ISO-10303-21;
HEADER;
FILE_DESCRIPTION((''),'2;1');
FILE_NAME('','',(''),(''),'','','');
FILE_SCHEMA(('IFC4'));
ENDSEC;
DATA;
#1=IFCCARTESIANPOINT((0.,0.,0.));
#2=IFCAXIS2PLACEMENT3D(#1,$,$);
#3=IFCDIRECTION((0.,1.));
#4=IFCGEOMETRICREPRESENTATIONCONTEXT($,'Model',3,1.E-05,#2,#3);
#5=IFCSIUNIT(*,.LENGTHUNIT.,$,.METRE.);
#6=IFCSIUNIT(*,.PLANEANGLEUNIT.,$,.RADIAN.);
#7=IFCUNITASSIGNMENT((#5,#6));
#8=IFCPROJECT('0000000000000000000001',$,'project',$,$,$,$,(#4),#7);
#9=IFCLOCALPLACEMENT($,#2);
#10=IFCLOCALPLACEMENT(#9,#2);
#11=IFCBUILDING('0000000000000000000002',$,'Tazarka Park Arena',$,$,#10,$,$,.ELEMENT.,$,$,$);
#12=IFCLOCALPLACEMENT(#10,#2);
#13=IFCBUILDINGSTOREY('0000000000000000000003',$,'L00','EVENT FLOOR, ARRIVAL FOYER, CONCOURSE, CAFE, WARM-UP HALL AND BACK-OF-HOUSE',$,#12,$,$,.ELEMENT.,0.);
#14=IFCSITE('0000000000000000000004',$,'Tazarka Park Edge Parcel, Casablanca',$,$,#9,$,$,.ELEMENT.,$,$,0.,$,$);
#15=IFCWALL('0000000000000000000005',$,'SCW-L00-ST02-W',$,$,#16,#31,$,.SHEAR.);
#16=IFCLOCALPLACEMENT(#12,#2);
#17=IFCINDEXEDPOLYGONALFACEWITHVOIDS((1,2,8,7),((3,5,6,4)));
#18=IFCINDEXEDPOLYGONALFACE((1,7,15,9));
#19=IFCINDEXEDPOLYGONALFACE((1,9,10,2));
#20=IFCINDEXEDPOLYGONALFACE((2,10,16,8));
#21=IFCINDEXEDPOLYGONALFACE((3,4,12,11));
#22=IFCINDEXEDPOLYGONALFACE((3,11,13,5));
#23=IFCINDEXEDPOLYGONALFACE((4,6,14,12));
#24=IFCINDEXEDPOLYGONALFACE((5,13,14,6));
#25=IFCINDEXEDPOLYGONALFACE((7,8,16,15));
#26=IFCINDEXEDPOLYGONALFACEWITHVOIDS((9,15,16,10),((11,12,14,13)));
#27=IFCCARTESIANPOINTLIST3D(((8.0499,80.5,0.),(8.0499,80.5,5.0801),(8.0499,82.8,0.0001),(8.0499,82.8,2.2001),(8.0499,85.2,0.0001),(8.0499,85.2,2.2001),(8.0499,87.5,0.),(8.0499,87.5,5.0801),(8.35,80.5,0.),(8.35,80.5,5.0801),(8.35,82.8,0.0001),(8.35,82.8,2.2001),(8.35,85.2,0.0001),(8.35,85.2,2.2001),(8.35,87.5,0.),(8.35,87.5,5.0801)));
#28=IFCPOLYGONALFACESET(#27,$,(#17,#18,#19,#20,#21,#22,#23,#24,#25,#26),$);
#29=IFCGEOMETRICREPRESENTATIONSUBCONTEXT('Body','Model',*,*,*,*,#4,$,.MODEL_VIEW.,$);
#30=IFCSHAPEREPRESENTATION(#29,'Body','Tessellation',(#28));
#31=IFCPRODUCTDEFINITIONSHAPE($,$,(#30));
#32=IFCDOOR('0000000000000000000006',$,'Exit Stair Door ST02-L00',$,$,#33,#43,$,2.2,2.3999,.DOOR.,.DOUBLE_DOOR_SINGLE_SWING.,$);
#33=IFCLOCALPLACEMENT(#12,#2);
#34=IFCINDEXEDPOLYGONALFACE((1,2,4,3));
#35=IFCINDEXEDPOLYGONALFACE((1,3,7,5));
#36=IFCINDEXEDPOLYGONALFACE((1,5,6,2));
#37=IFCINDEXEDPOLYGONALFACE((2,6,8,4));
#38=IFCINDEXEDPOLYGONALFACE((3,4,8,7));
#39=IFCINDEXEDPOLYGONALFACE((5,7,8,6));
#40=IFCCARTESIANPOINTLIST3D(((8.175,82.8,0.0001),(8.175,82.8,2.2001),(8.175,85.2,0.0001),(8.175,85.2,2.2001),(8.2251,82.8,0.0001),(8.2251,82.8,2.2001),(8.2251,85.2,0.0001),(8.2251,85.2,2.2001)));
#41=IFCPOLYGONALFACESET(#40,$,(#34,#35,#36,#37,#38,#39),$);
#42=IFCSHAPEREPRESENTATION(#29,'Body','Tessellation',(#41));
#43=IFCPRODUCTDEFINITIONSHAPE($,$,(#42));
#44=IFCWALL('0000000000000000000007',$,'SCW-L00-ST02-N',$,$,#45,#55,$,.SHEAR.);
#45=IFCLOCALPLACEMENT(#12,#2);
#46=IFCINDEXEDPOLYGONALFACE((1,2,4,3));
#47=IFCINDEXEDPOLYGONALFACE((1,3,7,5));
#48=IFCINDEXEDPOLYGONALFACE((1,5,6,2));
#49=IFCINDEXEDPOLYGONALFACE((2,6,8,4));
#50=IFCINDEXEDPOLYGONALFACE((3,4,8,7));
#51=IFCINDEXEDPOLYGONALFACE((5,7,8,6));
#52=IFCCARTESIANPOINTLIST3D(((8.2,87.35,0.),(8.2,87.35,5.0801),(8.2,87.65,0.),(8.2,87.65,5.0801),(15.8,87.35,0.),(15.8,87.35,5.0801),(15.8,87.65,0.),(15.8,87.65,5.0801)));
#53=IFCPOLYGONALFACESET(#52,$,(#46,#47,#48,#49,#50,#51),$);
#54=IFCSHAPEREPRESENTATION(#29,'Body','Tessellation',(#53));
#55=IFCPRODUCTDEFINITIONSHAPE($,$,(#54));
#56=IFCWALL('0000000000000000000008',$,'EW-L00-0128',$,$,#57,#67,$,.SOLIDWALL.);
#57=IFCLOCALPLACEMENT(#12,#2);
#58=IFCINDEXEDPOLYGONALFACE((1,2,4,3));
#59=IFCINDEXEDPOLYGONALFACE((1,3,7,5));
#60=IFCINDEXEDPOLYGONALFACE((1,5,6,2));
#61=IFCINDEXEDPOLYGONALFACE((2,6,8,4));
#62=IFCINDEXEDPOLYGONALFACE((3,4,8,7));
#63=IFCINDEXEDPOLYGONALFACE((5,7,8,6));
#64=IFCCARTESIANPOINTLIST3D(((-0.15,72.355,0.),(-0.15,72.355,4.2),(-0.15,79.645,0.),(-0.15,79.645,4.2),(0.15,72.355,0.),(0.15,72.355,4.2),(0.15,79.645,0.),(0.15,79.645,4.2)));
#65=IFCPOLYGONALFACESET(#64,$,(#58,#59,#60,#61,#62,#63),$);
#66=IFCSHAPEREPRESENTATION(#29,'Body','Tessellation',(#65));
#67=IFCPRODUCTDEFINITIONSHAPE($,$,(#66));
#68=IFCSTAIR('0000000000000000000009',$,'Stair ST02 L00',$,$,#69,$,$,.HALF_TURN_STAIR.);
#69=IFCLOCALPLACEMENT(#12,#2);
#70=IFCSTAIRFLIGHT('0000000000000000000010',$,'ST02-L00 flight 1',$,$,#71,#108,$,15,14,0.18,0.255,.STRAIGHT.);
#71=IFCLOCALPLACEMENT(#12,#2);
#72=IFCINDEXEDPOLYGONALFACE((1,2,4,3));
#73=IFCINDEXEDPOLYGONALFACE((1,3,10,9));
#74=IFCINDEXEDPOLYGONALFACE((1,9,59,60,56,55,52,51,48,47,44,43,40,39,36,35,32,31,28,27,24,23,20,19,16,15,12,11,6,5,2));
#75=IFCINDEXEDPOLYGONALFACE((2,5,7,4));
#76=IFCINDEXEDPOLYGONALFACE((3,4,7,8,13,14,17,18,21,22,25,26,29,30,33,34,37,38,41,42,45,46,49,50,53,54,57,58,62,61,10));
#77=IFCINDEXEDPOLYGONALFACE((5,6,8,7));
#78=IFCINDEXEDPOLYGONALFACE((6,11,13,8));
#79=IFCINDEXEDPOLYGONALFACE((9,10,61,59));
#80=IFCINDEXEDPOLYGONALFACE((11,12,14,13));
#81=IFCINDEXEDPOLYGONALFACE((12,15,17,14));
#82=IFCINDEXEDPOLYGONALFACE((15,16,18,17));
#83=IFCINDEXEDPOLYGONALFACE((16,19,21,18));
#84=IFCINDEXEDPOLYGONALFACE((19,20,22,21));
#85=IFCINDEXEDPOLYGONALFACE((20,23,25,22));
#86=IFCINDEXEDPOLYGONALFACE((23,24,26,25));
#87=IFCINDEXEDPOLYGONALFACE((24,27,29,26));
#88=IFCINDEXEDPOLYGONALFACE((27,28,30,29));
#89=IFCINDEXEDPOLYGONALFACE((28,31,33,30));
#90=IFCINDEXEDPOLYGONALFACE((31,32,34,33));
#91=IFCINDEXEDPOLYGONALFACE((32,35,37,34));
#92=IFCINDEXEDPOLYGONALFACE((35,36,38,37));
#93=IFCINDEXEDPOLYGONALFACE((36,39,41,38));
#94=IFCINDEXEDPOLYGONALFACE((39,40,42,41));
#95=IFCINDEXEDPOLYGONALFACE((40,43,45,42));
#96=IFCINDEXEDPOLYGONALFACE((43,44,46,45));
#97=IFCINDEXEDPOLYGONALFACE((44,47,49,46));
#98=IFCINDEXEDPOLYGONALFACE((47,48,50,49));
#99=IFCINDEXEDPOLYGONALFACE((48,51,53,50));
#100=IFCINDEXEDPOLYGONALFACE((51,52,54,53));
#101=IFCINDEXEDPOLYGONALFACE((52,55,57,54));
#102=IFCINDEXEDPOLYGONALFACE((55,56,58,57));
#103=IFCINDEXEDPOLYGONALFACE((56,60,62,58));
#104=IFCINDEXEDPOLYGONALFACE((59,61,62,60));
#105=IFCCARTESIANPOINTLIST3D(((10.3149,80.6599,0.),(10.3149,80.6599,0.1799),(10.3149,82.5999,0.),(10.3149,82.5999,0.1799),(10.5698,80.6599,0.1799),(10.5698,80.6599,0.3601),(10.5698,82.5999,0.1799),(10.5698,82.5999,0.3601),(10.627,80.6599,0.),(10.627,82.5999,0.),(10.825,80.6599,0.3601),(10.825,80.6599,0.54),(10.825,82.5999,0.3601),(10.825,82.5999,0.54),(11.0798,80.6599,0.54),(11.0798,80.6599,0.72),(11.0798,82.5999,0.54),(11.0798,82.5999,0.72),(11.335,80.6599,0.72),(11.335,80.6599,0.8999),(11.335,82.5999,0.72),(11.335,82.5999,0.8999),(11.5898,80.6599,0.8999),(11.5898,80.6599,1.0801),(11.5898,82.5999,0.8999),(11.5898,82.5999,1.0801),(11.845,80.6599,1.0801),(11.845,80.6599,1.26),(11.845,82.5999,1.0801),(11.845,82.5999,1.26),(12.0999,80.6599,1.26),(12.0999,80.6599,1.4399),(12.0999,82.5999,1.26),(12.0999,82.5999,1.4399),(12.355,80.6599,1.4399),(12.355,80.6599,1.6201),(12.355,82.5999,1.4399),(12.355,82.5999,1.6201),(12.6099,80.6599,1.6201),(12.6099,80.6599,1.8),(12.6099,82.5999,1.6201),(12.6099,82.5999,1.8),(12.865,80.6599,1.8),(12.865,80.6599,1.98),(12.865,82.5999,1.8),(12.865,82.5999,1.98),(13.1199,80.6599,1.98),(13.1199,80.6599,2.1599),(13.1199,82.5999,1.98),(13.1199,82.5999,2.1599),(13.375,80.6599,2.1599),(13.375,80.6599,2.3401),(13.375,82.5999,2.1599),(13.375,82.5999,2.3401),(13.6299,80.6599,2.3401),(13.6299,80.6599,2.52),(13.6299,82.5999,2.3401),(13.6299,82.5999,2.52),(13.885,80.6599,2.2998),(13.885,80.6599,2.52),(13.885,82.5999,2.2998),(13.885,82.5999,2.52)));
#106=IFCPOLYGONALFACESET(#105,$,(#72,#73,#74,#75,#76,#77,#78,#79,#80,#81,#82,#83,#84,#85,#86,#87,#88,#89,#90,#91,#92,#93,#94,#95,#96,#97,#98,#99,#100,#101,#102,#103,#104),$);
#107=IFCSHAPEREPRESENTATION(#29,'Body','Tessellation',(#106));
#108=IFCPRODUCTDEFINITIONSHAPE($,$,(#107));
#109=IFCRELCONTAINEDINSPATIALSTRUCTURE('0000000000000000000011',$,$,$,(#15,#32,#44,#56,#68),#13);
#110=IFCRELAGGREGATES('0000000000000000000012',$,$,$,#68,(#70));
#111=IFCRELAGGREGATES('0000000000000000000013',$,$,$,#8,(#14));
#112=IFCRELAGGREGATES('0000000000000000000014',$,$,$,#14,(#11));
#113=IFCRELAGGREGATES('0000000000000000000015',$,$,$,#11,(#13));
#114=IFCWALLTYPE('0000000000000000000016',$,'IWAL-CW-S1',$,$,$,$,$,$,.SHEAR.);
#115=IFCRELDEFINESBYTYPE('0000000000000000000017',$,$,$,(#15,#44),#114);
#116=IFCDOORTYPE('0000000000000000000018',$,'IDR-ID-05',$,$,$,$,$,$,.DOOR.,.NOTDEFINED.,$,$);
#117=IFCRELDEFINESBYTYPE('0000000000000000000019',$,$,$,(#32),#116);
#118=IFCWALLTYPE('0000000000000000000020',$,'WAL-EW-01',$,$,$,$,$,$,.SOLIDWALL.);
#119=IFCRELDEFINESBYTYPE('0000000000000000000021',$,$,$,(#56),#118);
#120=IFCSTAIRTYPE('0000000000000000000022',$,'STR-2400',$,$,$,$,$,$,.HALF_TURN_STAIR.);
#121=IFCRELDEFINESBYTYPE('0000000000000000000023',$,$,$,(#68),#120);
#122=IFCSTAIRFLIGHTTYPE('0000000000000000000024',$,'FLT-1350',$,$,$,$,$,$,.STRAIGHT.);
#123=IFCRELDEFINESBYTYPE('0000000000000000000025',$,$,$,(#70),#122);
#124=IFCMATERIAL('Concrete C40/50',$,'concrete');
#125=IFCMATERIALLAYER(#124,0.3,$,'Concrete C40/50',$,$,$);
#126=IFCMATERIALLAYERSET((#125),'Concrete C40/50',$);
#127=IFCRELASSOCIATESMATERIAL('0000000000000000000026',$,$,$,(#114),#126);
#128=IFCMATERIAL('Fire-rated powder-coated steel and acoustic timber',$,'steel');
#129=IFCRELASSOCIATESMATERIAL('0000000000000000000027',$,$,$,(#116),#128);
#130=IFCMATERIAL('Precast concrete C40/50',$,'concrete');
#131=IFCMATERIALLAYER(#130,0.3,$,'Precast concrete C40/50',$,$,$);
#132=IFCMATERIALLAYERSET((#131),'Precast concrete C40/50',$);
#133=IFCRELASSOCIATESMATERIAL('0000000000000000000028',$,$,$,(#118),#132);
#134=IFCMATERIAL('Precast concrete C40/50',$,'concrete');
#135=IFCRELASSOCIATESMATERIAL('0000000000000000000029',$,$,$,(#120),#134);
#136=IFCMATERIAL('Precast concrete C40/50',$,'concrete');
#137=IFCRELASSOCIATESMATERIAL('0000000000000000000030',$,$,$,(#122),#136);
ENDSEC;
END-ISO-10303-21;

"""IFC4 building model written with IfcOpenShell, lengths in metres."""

from ifc_helpers import new_model, si_unit, direction, frame, frame_2d, origin, place, context, subcontext, project, spatial, polyline, rectangle, outline, extrude, material, layer, layer_set, type_object, element, fill, aggregate, save


model = new_model("IFC4")

# Units and contexts
model_context = context("Model", 3, precision=1e-05, world=origin(), true_north=direction((0.0, 1.0)))
body_context = subcontext(model_context, "Body", "Model", "MODEL_VIEW")
ifc_project = project(units=[si_unit("LENGTHUNIT", "METRE"), si_unit("PLANEANGLEUNIT", "RADIAN")], contexts=[model_context])

# Site, building, storey
site_placement = place(None, origin())
site = spatial("IfcSite", under=ifc_project, at=site_placement, Name="Tazarka Park Edge Parcel, Casablanca", CompositionType="ELEMENT", RefElevation=0.0)
building_placement = place(site_placement, origin())
building = spatial("IfcBuilding", under=site, at=building_placement, Name="Tazarka Park Arena", CompositionType="ELEMENT")
storey_placement = place(building_placement, origin())
storey = spatial("IfcBuildingStorey", under=building, at=storey_placement, Name="L00", Description="EVENT FLOOR, ARRIVAL FOYER, CONCOURSE, CAFE, WARM-UP HALL AND BACK-OF-HOUSE", CompositionType="ELEMENT", Elevation=0.0)

# Wall, opening, door
ifc_material_1 = material(Name="Concrete C40/50", Category="concrete")
ifc_layer_1 = layer(ifc_material_1, 0.3, Name="Concrete C40/50")
ifc_layer_set_1 = layer_set([ifc_layer_1], Name="Concrete C40/50")
wall_type_1 = type_object("IfcWallType", Name="IWAL-CW-S1", PredefinedType="SHEAR", material=ifc_layer_set_1)
wall_1_placement = place(storey_placement, frame((8.2, 80.5, 0.0), z_axis=(0.0, 0.0, 1.0), x_axis=(0.0, 1.0, 0.0)))
wall_1 = element("IfcWall", 1, at=wall_1_placement, inside=storey, type_object=wall_type_1, Name="SCW-L00-ST02-W", PredefinedType="SHEAR", context=body_context, shape_type="SweptSolid", body=[
    extrude(rectangle(XDim=7.0, YDim=0.3, at=frame_2d((3.5, 0.0))), origin(), (0.0, 0.0, 1.0), 5.0801),
])
opening_1_placement = place(wall_1_placement, frame((2.3, 0.0, 0.0)))
opening_1 = element("IfcOpeningElement", 2, at=opening_1_placement, cuts=wall_1, PredefinedType="OPENING", context=body_context, shape_type="SweptSolid", body=[
    extrude(rectangle(XDim=2.3999, YDim=2.2, at=frame_2d((1.2, 1.1001))), frame((0.0, 0.1602, 0.0), z_axis=(0.0, -1.0, 0.0), x_axis=(1.0, 0.0, 0.0)), (0.0, 0.0, 1.0), 0.3201),
])
ifc_material_2 = material(Name="Fire-rated powder-coated steel and acoustic timber", Category="steel")
door_type_1 = type_object("IfcDoorType", Name="IDR-ID-05", OperationType="NOTDEFINED", PredefinedType="DOOR", material=ifc_material_2)
door_1_placement = place(opening_1_placement, origin())
door_1 = element("IfcDoor", 3, at=door_1_placement, inside=storey, type_object=door_type_1, Name="Exit Stair Door ST02-L00", OperationType="DOUBLE_DOOR_SINGLE_SWING", OverallHeight=2.2, OverallWidth=2.3999, PredefinedType="DOOR", context=body_context, shape_type="SweptSolid", body=[
    extrude(rectangle(XDim=2.3999, YDim=2.2, at=frame_2d((1.2, 1.1001))), frame((0.0, 0.0249, 0.0), z_axis=(0.0, -1.0, 0.0), x_axis=(1.0, 0.0, 0.0)), (0.0, 0.0, 1.0), 0.05),
])
fill(opening_1, door_1)

# Walls
wall_2_placement = place(storey_placement, frame((8.2, 87.5, 0.0), z_axis=(0.0, 0.0, 1.0), x_axis=(1.0, 0.0, 0.0)))
element("IfcWall", 4, at=wall_2_placement, inside=storey, type_object=wall_type_1, Name="SCW-L00-ST02-N", PredefinedType="SHEAR", context=body_context, shape_type="SweptSolid", body=[
    extrude(rectangle(XDim=7.6001, YDim=0.3, at=frame_2d((3.8, 0.0))), origin(), (0.0, 0.0, 1.0), 5.0801),
])
ifc_material_3 = material(Name="Precast concrete C40/50", Category="concrete")
ifc_layer_2 = layer(ifc_material_3, 0.3, Name="Precast concrete C40/50")
ifc_layer_set_2 = layer_set([ifc_layer_2], Name="Precast concrete C40/50")
wall_type_2 = type_object("IfcWallType", Name="WAL-EW-01", PredefinedType="SOLIDWALL", material=ifc_layer_set_2)
wall_3_placement = place(storey_placement, frame((0.0, 72.355, 0.0), z_axis=(0.0, 0.0, 1.0), x_axis=(0.0, 1.0, 0.0)))
element("IfcWall", 5, at=wall_3_placement, inside=storey, type_object=wall_type_2, Name="EW-L00-0128", PredefinedType="SOLIDWALL", context=body_context, shape_type="SweptSolid", body=[
    extrude(rectangle(XDim=7.29, YDim=0.3, at=frame_2d((3.645, 0.0))), origin(), (0.0, 0.0, 1.0), 4.2),
])

# Stair, stair flight
ifc_material_4 = material(Name="Precast concrete C40/50", Category="concrete")
stair_type = type_object("IfcStairType", Name="STR-2400", PredefinedType="HALF_TURN_STAIR", material=ifc_material_4)
stair_placement = place(storey_placement, origin())
stair = element("IfcStair", 6, at=stair_placement, inside=storey, type_object=stair_type, Name="Stair ST02 L00", PredefinedType="HALF_TURN_STAIR")
ifc_material_5 = material(Name="Precast concrete C40/50", Category="concrete")
stair_flight_type = type_object("IfcStairFlightType", Name="FLT-1350", PredefinedType="STRAIGHT", material=ifc_material_5)
stair_flight_placement = place(storey_placement, frame((10.3149, 81.6299, 0.0), z_axis=(0.0, 0.0, 1.0), x_axis=(1.0, 0.0, 0.0)))
stair_flight = element("IfcStairFlight", 7, at=stair_flight_placement, type_object=stair_flight_type, Name="ST02-L00 flight 1", NumberOfRisers=15, NumberOfTreads=14, PredefinedType="STRAIGHT", RiserHeight=0.18, TreadLength=0.255, context=body_context, shape_type="SweptSolid", body=[
    extrude(outline(polyline([(0.0, 0.0), (0.0, 0.1799), (0.2549, 0.1799), (0.2549, 0.3601), (0.51, 0.3601), (0.51, 0.54), (0.7649, 0.54), (0.7649, 0.72), (1.02, 0.72), (1.02, 0.8999), (1.2749, 0.8999), (1.2749, 1.0801), (1.53, 1.0801), (1.53, 1.26), (1.7849, 1.26), (1.7849, 1.4399), (2.04, 1.4399), (2.04, 1.6201), (2.2949, 1.6201), (2.2949, 1.8), (2.55, 1.8), (2.55, 1.98), (2.8049, 1.98), (2.8049, 2.1599), (3.0601, 2.1599), (3.0601, 2.3401), (3.3149, 2.3401), (3.3149, 2.52), (3.5701, 2.52), (3.5701, 2.7), (3.5701, 2.2998), (0.312, 0.0), (0.0, 0.0)])), frame((0.0, 0.97, 0.0), z_axis=(0.0, -1.0, 0.0), x_axis=(1.0, 0.0, 0.0)), (0.0, 0.0, 1.0), 1.9399),
])
aggregate(stair, [stair_flight])

save(model, "model.ifc")
